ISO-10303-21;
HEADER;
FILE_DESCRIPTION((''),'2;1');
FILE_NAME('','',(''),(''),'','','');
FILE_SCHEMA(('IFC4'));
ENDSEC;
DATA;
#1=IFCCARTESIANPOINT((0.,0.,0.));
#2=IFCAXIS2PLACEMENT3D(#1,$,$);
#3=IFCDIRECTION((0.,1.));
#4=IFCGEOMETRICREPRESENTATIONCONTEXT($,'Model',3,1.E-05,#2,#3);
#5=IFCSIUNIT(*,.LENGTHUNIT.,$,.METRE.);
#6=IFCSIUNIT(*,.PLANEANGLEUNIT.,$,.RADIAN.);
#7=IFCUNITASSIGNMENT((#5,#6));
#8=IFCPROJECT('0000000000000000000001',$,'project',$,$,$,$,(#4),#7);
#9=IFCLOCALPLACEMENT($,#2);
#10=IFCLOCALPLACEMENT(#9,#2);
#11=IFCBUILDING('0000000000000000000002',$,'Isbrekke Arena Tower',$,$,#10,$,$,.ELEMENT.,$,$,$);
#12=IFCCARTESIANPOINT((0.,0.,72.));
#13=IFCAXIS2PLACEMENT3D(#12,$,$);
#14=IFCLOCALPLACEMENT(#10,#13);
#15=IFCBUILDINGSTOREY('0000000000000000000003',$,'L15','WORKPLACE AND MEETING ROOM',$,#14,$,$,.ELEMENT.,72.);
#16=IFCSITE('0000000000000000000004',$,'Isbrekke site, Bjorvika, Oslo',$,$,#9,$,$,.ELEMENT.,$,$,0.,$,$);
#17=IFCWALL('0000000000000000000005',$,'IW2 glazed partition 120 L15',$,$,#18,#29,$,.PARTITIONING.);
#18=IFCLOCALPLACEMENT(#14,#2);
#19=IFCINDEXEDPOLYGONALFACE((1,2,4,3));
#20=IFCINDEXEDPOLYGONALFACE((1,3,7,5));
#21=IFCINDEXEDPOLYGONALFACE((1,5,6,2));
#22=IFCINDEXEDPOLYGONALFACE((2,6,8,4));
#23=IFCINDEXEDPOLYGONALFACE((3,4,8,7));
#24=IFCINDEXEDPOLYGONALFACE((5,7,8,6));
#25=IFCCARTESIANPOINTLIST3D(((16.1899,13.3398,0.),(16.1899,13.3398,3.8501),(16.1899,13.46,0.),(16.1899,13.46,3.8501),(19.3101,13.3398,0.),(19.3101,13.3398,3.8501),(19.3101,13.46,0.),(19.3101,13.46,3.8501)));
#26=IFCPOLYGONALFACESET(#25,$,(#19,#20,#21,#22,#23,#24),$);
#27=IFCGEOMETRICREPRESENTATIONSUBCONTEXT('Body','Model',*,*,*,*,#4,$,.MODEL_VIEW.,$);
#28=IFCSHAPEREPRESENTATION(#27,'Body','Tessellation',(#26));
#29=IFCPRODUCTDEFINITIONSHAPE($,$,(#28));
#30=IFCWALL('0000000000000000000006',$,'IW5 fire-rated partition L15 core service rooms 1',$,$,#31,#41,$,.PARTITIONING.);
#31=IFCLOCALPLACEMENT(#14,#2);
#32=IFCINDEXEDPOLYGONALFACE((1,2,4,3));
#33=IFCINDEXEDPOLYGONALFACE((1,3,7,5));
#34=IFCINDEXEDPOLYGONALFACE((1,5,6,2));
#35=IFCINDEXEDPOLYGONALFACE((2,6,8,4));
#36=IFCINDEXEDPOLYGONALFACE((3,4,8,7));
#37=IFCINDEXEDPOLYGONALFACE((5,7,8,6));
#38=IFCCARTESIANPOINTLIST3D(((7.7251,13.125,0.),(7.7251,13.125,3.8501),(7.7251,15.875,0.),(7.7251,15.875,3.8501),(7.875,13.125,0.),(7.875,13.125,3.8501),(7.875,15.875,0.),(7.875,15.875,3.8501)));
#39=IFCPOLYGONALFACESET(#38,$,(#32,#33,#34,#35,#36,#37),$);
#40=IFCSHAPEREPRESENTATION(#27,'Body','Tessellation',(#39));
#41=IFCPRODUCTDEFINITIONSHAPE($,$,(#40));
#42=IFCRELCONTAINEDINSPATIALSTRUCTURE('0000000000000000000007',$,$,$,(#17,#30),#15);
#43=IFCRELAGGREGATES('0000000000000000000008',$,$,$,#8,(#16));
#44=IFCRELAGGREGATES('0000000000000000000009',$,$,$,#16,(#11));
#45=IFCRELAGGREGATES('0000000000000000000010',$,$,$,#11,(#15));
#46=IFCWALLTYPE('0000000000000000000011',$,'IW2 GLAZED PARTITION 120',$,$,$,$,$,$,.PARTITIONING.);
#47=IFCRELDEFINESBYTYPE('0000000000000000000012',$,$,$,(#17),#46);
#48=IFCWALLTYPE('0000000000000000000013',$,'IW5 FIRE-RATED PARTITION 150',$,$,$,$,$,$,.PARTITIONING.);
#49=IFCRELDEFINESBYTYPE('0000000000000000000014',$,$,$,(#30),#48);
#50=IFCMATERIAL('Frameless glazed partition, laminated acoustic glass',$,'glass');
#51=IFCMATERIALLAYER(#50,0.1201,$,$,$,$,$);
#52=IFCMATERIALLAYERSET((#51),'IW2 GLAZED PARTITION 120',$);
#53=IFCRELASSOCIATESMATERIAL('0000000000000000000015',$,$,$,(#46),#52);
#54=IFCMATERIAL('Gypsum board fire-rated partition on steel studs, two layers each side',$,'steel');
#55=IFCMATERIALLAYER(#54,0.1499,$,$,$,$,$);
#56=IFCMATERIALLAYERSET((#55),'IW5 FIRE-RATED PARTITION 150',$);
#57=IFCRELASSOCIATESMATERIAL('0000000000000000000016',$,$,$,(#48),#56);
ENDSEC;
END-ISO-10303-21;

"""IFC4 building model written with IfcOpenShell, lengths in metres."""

from ifc_helpers import new_model, si_unit, direction, frame, frame_2d, origin, place, context, subcontext, project, spatial, rectangle, extrude, material, layer, layer_set, type_object, element, save


model = new_model("IFC4")

# Units and contexts
model_context = context("Model", 3, precision=1e-05, world=origin(), true_north=direction((0.0, 1.0)))
body_context = subcontext(model_context, "Body", "Model", "MODEL_VIEW")
ifc_project = project(units=[si_unit("LENGTHUNIT", "METRE"), si_unit("PLANEANGLEUNIT", "RADIAN")], contexts=[model_context])

# Site, building, storey
site_placement = place(None, origin())
site = spatial("IfcSite", under=ifc_project, at=site_placement, Name="Isbrekke site, Bjorvika, Oslo", CompositionType="ELEMENT", RefElevation=0.0)
building_placement = place(site_placement, origin())
building = spatial("IfcBuilding", under=site, at=building_placement, Name="Isbrekke Arena Tower", CompositionType="ELEMENT")
storey_placement = place(building_placement, frame((0.0, 0.0, 72.0)))
storey = spatial("IfcBuildingStorey", under=building, at=storey_placement, Name="L15", Description="WORKPLACE AND MEETING ROOM", CompositionType="ELEMENT", Elevation=72.0)

# Walls
ifc_material_1 = material(Name="Frameless glazed partition, laminated acoustic glass", Category="glass")
ifc_layer_1 = layer(ifc_material_1, 0.1201)
ifc_layer_set_1 = layer_set([ifc_layer_1], Name="IW2 GLAZED PARTITION 120")
wall_type_1 = type_object("IfcWallType", Name="IW2 GLAZED PARTITION 120", PredefinedType="PARTITIONING", material=ifc_layer_set_1)
wall_1_placement = place(storey_placement, frame((16.1899, 13.3999, 0.0), z_axis=(0.0, 0.0, 1.0), x_axis=(1.0, 0.0, 0.0)))
element("IfcWall", 1, at=wall_1_placement, inside=storey, type_object=wall_type_1, Name="IW2 glazed partition 120 L15", PredefinedType="PARTITIONING", context=body_context, shape_type="SweptSolid", body=[
    extrude(rectangle(XDim=3.1201, YDim=0.1201, at=frame_2d((1.5601, 0.0))), origin(), (0.0, 0.0, 1.0), 3.8501),
])
ifc_material_2 = material(Name="Gypsum board fire-rated partition on steel studs, two layers each side", Category="steel")
ifc_layer_2 = layer(ifc_material_2, 0.1499)
ifc_layer_set_2 = layer_set([ifc_layer_2], Name="IW5 FIRE-RATED PARTITION 150")
wall_type_2 = type_object("IfcWallType", Name="IW5 FIRE-RATED PARTITION 150", PredefinedType="PARTITIONING", material=ifc_layer_set_2)
wall_2_placement = place(storey_placement, frame((7.8, 13.125, 0.0), z_axis=(0.0, 0.0, 1.0), x_axis=(0.0, 1.0, 0.0)))
element("IfcWall", 2, at=wall_2_placement, inside=storey, type_object=wall_type_2, Name="IW5 fire-rated partition L15 core service rooms 1", PredefinedType="PARTITIONING", context=body_context, shape_type="SweptSolid", body=[
    extrude(rectangle(XDim=2.75, YDim=0.1499, at=frame_2d((1.375, 0.0))), origin(), (0.0, 0.0, 1.0), 3.8501),
])

save(model, "model.ifc")
